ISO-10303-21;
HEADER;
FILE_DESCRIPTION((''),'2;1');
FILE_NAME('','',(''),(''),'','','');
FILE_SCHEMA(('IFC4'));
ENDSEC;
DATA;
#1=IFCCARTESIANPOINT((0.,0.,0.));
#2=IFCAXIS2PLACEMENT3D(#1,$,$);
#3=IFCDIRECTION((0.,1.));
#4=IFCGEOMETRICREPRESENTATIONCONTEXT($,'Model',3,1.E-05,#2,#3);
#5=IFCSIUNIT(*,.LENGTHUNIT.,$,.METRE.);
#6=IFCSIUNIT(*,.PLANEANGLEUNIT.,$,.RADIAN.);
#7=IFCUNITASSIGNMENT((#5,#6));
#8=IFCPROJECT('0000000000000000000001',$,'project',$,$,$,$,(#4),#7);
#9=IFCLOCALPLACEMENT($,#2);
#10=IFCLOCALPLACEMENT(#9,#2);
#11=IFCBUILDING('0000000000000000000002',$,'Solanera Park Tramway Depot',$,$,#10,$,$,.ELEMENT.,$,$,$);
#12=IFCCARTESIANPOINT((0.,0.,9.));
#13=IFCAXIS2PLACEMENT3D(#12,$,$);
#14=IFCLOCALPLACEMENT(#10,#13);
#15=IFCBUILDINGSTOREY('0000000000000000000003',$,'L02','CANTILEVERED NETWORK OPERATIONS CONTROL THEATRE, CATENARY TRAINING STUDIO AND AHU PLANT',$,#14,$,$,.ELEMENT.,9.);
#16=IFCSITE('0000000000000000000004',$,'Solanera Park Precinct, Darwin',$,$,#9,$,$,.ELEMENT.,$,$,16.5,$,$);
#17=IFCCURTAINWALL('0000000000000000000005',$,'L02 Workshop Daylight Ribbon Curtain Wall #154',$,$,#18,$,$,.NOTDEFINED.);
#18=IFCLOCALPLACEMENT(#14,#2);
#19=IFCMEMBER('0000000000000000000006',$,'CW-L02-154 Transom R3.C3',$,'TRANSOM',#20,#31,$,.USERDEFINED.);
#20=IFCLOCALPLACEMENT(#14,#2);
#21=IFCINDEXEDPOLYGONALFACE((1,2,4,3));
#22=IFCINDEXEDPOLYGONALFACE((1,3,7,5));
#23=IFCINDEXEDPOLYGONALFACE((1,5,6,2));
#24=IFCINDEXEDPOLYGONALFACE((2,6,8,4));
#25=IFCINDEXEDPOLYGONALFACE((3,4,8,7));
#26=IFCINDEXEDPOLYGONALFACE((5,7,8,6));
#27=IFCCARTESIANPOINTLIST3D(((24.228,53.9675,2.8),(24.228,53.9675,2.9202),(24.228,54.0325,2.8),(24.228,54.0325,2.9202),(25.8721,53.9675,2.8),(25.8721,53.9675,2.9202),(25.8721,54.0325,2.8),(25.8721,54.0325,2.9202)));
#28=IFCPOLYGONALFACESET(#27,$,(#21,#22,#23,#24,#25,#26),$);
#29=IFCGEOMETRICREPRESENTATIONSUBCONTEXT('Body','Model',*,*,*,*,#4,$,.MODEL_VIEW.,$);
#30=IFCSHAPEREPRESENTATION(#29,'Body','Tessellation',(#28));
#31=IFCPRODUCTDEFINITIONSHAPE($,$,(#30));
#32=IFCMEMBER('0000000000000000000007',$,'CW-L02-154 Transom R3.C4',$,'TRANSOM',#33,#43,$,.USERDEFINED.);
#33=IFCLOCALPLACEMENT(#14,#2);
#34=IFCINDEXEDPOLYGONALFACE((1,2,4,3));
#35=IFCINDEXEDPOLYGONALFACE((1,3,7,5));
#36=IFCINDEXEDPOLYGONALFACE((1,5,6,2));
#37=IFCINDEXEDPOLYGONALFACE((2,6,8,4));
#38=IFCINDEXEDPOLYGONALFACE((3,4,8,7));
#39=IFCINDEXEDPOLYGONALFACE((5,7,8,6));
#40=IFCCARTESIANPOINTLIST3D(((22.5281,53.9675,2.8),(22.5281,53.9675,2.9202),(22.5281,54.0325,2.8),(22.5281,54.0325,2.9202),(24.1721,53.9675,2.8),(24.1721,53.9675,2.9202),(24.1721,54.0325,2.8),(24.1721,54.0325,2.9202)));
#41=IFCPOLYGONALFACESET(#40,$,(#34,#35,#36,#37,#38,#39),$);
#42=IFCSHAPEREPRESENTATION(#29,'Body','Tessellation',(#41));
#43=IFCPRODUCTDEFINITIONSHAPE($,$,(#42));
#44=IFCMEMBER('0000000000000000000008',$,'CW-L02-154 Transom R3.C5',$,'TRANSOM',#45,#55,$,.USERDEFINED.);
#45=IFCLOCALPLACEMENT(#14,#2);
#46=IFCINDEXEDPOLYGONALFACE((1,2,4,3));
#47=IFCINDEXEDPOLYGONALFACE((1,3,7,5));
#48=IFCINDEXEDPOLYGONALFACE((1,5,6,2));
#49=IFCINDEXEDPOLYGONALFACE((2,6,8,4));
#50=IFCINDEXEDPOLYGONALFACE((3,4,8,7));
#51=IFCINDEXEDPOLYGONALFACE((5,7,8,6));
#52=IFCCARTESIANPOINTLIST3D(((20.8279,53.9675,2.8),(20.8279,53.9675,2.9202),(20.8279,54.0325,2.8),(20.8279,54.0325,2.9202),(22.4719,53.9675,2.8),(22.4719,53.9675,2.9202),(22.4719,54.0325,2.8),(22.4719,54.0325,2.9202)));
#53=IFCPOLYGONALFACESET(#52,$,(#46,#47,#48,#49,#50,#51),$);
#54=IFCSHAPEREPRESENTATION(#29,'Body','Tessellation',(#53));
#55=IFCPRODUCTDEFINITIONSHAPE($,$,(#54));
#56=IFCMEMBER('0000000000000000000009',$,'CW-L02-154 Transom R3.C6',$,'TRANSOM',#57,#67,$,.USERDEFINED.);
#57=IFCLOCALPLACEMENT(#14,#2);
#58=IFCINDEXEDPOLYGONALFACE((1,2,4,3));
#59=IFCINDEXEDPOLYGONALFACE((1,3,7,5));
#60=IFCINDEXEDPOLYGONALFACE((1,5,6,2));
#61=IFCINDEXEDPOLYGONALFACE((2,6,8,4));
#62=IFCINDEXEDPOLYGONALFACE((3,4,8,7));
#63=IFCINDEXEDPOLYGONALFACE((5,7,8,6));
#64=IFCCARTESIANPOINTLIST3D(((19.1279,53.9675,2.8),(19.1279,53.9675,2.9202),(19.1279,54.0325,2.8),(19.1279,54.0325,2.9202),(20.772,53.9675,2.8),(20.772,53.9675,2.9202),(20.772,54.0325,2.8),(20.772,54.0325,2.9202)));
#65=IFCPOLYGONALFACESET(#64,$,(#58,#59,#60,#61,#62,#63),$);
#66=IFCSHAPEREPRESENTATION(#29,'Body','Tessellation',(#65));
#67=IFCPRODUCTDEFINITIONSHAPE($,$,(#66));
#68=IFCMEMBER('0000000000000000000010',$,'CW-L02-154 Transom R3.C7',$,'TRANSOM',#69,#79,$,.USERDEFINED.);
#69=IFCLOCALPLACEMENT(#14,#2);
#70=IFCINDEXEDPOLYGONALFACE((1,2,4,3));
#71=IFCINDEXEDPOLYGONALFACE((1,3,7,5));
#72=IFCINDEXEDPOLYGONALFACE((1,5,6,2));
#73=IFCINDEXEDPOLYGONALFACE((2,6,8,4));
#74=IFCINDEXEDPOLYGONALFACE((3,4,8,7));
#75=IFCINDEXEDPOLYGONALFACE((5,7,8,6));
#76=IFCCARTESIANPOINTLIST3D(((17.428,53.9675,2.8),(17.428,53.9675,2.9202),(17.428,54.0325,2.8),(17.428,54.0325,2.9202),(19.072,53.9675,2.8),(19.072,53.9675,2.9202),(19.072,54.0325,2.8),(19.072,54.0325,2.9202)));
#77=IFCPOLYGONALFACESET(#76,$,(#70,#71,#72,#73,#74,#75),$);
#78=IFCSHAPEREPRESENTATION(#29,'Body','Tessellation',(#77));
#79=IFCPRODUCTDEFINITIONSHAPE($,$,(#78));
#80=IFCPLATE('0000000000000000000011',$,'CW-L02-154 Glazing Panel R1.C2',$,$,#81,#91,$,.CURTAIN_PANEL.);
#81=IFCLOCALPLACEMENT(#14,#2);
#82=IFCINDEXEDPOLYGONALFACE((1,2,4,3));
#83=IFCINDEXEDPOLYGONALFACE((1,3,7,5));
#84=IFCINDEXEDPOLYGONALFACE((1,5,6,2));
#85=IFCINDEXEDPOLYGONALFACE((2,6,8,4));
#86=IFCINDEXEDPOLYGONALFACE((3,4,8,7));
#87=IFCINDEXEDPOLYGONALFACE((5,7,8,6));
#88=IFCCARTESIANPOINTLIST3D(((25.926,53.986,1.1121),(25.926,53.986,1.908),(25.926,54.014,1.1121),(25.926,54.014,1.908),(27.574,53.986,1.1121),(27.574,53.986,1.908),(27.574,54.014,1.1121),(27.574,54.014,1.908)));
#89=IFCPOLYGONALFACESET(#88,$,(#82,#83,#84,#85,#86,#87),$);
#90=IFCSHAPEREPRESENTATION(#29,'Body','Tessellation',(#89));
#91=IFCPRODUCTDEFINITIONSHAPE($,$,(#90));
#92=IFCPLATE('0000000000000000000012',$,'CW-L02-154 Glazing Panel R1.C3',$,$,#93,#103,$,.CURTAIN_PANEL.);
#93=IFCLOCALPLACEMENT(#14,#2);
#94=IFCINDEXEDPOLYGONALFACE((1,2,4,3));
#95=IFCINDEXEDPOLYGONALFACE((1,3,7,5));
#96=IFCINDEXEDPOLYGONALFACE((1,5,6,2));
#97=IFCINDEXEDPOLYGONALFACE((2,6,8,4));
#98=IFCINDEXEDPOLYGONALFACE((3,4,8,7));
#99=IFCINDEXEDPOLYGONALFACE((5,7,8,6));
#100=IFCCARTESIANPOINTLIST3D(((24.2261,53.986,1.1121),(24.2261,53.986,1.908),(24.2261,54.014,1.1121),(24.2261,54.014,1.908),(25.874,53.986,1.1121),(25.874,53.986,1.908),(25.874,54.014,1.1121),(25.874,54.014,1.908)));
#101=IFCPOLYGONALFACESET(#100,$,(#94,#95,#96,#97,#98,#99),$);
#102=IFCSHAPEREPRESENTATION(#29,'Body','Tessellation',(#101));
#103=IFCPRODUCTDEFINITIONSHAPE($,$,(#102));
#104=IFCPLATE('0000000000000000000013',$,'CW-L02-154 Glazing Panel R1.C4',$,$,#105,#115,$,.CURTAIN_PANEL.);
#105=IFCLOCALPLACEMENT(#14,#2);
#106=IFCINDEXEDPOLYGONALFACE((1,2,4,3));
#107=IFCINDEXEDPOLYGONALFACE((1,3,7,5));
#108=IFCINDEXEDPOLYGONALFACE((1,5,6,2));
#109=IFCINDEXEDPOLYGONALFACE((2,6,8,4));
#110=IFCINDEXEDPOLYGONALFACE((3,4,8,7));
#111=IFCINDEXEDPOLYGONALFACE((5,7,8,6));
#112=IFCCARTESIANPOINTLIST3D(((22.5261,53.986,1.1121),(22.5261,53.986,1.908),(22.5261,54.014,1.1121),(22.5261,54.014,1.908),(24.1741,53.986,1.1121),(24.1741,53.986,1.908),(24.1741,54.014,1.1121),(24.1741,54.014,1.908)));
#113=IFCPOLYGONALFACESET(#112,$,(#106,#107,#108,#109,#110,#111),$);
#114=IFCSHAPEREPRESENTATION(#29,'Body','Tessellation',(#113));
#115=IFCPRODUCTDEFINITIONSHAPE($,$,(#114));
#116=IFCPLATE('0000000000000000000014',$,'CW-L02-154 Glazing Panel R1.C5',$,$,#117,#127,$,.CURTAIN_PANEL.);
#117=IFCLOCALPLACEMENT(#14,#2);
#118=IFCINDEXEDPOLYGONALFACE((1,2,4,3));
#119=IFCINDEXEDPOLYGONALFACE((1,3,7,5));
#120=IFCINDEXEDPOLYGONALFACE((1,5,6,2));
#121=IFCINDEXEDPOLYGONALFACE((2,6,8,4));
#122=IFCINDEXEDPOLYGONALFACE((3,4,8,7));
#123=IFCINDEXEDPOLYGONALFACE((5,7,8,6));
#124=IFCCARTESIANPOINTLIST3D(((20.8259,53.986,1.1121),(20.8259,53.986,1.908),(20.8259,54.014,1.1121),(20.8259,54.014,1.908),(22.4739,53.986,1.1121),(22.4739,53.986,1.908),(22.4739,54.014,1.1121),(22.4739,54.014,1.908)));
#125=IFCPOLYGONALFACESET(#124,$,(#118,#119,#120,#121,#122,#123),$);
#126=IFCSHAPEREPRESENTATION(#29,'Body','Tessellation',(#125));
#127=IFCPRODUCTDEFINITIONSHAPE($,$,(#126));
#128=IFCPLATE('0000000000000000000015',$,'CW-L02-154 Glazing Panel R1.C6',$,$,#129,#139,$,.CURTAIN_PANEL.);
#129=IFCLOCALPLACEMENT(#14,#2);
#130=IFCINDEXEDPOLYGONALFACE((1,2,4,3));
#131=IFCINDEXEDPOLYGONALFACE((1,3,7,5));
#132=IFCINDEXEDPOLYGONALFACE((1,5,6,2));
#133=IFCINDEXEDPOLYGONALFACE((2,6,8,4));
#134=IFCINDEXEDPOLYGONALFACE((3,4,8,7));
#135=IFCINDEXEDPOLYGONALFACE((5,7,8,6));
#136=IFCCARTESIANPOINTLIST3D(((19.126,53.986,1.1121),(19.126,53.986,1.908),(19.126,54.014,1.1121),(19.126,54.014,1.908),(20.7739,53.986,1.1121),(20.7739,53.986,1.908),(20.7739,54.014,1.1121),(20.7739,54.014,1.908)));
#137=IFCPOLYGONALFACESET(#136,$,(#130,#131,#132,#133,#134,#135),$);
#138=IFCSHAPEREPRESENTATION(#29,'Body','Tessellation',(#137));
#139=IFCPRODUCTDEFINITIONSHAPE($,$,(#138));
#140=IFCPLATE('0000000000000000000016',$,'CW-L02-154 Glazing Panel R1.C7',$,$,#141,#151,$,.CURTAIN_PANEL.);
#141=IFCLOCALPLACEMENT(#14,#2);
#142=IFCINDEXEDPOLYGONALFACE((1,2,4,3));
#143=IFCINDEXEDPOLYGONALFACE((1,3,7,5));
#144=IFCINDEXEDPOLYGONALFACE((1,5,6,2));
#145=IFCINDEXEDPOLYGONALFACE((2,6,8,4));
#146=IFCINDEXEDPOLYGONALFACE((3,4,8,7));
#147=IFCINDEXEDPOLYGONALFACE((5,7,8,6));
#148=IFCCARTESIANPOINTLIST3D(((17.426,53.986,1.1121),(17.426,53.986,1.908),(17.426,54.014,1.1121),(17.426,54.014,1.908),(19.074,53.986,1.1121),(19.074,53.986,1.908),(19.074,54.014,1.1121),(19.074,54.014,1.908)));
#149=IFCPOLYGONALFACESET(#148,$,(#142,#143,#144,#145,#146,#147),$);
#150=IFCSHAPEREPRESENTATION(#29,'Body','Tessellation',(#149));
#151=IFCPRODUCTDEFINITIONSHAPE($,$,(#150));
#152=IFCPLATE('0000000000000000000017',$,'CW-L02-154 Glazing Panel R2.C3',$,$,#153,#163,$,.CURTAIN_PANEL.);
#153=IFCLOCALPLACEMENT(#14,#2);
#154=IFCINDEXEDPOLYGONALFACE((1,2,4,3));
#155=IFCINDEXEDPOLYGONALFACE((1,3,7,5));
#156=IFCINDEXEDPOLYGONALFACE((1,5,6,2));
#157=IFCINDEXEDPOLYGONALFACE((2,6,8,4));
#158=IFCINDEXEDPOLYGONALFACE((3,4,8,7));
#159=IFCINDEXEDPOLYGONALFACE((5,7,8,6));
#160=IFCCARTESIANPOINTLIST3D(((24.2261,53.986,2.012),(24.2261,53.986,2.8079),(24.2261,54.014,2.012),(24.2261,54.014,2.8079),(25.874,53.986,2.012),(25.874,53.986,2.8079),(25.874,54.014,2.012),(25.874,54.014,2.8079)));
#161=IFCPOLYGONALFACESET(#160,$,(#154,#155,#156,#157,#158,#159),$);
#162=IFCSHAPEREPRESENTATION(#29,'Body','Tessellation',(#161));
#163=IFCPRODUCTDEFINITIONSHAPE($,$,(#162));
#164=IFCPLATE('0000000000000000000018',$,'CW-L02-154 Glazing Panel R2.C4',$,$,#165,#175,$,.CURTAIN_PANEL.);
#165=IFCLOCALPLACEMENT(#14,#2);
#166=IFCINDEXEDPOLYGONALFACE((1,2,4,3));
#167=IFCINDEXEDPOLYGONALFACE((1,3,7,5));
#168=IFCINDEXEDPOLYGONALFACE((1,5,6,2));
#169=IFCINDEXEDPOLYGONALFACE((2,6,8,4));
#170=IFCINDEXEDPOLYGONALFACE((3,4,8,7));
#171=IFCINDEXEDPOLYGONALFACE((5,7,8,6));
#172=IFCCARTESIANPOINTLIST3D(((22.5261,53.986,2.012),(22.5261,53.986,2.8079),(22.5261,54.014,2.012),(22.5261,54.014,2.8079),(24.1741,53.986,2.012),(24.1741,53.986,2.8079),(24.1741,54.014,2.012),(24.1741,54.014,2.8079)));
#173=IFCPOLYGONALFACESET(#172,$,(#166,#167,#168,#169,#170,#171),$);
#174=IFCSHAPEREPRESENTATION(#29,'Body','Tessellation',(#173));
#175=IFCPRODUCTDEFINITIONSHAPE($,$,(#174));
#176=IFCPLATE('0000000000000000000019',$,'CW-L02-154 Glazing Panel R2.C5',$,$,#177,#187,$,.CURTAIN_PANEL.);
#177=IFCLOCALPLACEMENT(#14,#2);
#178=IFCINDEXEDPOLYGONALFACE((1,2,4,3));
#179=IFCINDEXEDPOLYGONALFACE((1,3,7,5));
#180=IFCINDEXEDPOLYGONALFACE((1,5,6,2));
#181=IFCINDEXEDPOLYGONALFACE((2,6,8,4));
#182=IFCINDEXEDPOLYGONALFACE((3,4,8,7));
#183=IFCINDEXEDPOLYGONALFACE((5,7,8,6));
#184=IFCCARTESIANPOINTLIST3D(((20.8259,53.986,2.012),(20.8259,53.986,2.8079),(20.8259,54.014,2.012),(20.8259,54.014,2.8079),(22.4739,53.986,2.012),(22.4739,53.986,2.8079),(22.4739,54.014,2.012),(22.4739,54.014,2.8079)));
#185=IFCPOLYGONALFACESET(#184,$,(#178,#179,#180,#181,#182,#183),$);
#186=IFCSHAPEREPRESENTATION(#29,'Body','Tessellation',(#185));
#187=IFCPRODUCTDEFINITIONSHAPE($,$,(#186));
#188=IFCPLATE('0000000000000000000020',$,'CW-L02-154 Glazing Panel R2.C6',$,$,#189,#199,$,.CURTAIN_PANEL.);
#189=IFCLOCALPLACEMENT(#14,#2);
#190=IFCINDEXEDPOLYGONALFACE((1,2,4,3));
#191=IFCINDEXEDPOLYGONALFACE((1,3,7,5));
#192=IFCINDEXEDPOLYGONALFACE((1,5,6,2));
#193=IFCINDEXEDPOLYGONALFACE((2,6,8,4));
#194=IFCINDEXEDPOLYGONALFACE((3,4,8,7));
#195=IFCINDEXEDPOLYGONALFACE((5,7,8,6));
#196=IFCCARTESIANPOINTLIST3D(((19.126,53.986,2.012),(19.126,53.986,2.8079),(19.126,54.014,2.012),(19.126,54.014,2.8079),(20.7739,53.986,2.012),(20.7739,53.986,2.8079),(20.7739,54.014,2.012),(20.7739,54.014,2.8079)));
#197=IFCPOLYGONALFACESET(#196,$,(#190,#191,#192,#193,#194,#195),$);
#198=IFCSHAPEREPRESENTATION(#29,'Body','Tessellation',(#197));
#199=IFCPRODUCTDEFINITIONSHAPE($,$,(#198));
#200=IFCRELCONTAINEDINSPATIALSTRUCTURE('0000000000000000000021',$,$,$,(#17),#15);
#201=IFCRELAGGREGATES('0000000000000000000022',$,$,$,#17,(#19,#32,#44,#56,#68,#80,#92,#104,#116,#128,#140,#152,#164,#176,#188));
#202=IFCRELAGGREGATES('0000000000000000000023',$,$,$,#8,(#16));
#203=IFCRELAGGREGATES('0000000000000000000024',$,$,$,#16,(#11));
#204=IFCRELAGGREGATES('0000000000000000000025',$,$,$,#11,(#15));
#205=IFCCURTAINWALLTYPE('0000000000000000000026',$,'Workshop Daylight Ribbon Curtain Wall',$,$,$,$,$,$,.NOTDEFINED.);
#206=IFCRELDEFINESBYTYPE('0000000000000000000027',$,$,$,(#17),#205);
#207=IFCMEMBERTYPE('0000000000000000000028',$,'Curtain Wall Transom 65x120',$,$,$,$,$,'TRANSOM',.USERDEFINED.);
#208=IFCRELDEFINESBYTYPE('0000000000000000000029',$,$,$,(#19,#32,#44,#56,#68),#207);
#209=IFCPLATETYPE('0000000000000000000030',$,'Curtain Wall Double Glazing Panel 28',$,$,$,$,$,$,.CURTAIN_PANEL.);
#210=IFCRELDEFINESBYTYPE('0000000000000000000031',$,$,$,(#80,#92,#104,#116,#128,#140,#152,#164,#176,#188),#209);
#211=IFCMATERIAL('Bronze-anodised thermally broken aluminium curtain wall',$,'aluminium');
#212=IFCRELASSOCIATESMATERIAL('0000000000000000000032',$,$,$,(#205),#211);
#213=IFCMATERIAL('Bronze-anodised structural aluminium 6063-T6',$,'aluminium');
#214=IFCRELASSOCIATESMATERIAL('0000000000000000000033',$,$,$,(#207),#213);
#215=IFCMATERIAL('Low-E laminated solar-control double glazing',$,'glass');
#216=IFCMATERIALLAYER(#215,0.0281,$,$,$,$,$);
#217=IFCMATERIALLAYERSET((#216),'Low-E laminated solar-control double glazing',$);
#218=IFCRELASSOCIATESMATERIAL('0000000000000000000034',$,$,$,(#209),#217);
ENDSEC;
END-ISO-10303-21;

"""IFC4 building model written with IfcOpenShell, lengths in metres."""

from ifc_helpers import new_model, si_unit, direction, frame, origin, origin_2d, place, context, subcontext, project, spatial, rectangle, extrude, material, layer, layer_set, material_profile, profile_set, type_object, element, aggregate, save


model = new_model("IFC4")

# Units and contexts
model_context = context("Model", 3, precision=1e-05, world=origin(), true_north=direction((0.0, 1.0)))
body_context = subcontext(model_context, "Body", "Model", "MODEL_VIEW")
ifc_project = project(units=[si_unit("LENGTHUNIT", "METRE"), si_unit("PLANEANGLEUNIT", "RADIAN")], contexts=[model_context])

# Site, building, storey
site_placement = place(None, origin())
site = spatial("IfcSite", under=ifc_project, at=site_placement, Name="Solanera Park Precinct, Darwin", CompositionType="ELEMENT", RefElevation=16.5)
building_placement = place(site_placement, origin())
building = spatial("IfcBuilding", under=site, at=building_placement, Name="Solanera Park Tramway Depot", CompositionType="ELEMENT")
storey_placement = place(building_placement, frame((0.0, 0.0, 9.0)))
storey = spatial("IfcBuildingStorey", under=building, at=storey_placement, Name="L02", Description="CANTILEVERED NETWORK OPERATIONS CONTROL THEATRE, CATENARY TRAINING STUDIO AND AHU PLANT", CompositionType="ELEMENT", Elevation=9.0)

# Curtain wall, members, plates
ifc_material_1 = material(Name="Bronze-anodised thermally broken aluminium curtain wall", Category="aluminium")
curtain_wall_type = type_object("IfcCurtainWallType", Name="Workshop Daylight Ribbon Curtain Wall", PredefinedType="NOTDEFINED", material=ifc_material_1)
curtain_wall_placement = place(storey_placement, origin())
curtain_wall = element("IfcCurtainWall", 1, at=curtain_wall_placement, inside=storey, type_object=curtain_wall_type, Name="L02 Workshop Daylight Ribbon Curtain Wall #154", PredefinedType="NOTDEFINED")
ifc_material_2 = material(Name="Bronze-anodised structural aluminium 6063-T6", Category="aluminium")
ifc_material_profile_1 = material_profile(ifc_material_2, rectangle(XDim=0.0649, YDim=0.1201, at=origin_2d()), Name="Curtain Wall Transom 65x120")
ifc_profile_set_1 = profile_set([ifc_material_profile_1], Name="Bronze-anodised structural aluminium 6063-T6")
member_type_1 = type_object("IfcMemberType", Name="Curtain Wall Transom 65x120", ElementType="TRANSOM", PredefinedType="USERDEFINED", material=ifc_profile_set_1)
member_1_placement = place(storey_placement, frame((25.8721, 54.0, 2.8601), z_axis=(-1.0, 0.0, 0.0), x_axis=(0.0, -1.0, 0.0)))
member_1 = element("IfcMember", 2, at=member_1_placement, type_object=member_type_1, Name="CW-L02-154 Transom R3.C3", ObjectType="TRANSOM", PredefinedType="USERDEFINED", context=body_context, shape_type="SweptSolid", body=[
    extrude(rectangle(XDim=0.0649, YDim=0.1201, at=origin_2d()), origin(), (0.0, 0.0, 1.0), 1.644),
])
member_2_placement = place(storey_placement, frame((24.1721, 54.0, 2.8601), z_axis=(-1.0, 0.0, 0.0), x_axis=(0.0, -1.0, 0.0)))
member_2 = element("IfcMember", 3, at=member_2_placement, type_object=member_type_1, Name="CW-L02-154 Transom R3.C4", ObjectType="TRANSOM", PredefinedType="USERDEFINED", context=body_context, shape_type="SweptSolid", body=[
    extrude(rectangle(XDim=0.0649, YDim=0.1201, at=origin_2d()), origin(), (0.0, 0.0, 1.0), 1.644),
])
member_3_placement = place(storey_placement, frame((22.4719, 54.0, 2.8601), z_axis=(-1.0, 0.0, 0.0), x_axis=(0.0, -1.0, 0.0)))
member_3 = element("IfcMember", 4, at=member_3_placement, type_object=member_type_1, Name="CW-L02-154 Transom R3.C5", ObjectType="TRANSOM", PredefinedType="USERDEFINED", context=body_context, shape_type="SweptSolid", body=[
    extrude(rectangle(XDim=0.0649, YDim=0.1201, at=origin_2d()), origin(), (0.0, 0.0, 1.0), 1.644),
])
member_4_placement = place(storey_placement, frame((20.772, 54.0, 2.8601), z_axis=(-1.0, 0.0, 0.0), x_axis=(0.0, -1.0, 0.0)))
member_4 = element("IfcMember", 5, at=member_4_placement, type_object=member_type_1, Name="CW-L02-154 Transom R3.C6", ObjectType="TRANSOM", PredefinedType="USERDEFINED", context=body_context, shape_type="SweptSolid", body=[
    extrude(rectangle(XDim=0.0649, YDim=0.1201, at=origin_2d()), origin(), (0.0, 0.0, 1.0), 1.644),
])
member_5_placement = place(storey_placement, frame((19.072, 54.0, 2.8601), z_axis=(-1.0, 0.0, 0.0), x_axis=(0.0, -1.0, 0.0)))
member_5 = element("IfcMember", 6, at=member_5_placement, type_object=member_type_1, Name="CW-L02-154 Transom R3.C7", ObjectType="TRANSOM", PredefinedType="USERDEFINED", context=body_context, shape_type="SweptSolid", body=[
    extrude(rectangle(XDim=0.0649, YDim=0.1201, at=origin_2d()), origin(), (0.0, 0.0, 1.0), 1.644),
])
ifc_material_3 = material(Name="Low-E laminated solar-control double glazing", Category="glass")
ifc_layer = layer(ifc_material_3, 0.0281)
ifc_layer_set = layer_set([ifc_layer], Name="Low-E laminated solar-control double glazing")
plate_type = type_object("IfcPlateType", Name="Curtain Wall Double Glazing Panel 28", PredefinedType="CURTAIN_PANEL", material=ifc_layer_set)
plate_1_placement = place(storey_placement, frame((26.75, 54.0, 1.1121), z_axis=(0.0, 0.0, 1.0), x_axis=(-1.0, 0.0, 0.0)))
plate_1 = element("IfcPlate", 7, at=plate_1_placement, type_object=plate_type, Name="CW-L02-154 Glazing Panel R1.C2", PredefinedType="CURTAIN_PANEL", context=body_context, shape_type="SweptSolid", body=[
    extrude(rectangle(XDim=1.6479, YDim=0.0281, at=origin_2d()), origin(), (0.0, 0.0, 1.0), 0.7959),
])
plate_2_placement = place(storey_placement, frame((25.05, 54.0, 1.1121), z_axis=(0.0, 0.0, 1.0), x_axis=(-1.0, 0.0, 0.0)))
plate_2 = element("IfcPlate", 8, at=plate_2_placement, type_object=plate_type, Name="CW-L02-154 Glazing Panel R1.C3", PredefinedType="CURTAIN_PANEL", context=body_context, shape_type="SweptSolid", body=[
    extrude(rectangle(XDim=1.6479, YDim=0.0281, at=origin_2d()), origin(), (0.0, 0.0, 1.0), 0.7959),
])
plate_3_placement = place(storey_placement, frame((23.3501, 54.0, 1.1121), z_axis=(0.0, 0.0, 1.0), x_axis=(-1.0, 0.0, 0.0)))
plate_3 = element("IfcPlate", 9, at=plate_3_placement, type_object=plate_type, Name="CW-L02-154 Glazing Panel R1.C4", PredefinedType="CURTAIN_PANEL", context=body_context, shape_type="SweptSolid", body=[
    extrude(rectangle(XDim=1.6479, YDim=0.0281, at=origin_2d()), origin(), (0.0, 0.0, 1.0), 0.7959),
])
plate_4_placement = place(storey_placement, frame((21.6499, 54.0, 1.1121), z_axis=(0.0, 0.0, 1.0), x_axis=(-1.0, 0.0, 0.0)))
plate_4 = element("IfcPlate", 10, at=plate_4_placement, type_object=plate_type, Name="CW-L02-154 Glazing Panel R1.C5", PredefinedType="CURTAIN_PANEL", context=body_context, shape_type="SweptSolid", body=[
    extrude(rectangle(XDim=1.6479, YDim=0.0281, at=origin_2d()), origin(), (0.0, 0.0, 1.0), 0.7959),
])
plate_5_placement = place(storey_placement, frame((19.95, 54.0, 1.1121), z_axis=(0.0, 0.0, 1.0), x_axis=(-1.0, 0.0, 0.0)))
plate_5 = element("IfcPlate", 11, at=plate_5_placement, type_object=plate_type, Name="CW-L02-154 Glazing Panel R1.C6", PredefinedType="CURTAIN_PANEL", context=body_context, shape_type="SweptSolid", body=[
    extrude(rectangle(XDim=1.6479, YDim=0.0281, at=origin_2d()), origin(), (0.0, 0.0, 1.0), 0.7959),
])
plate_6_placement = place(storey_placement, frame((18.25, 54.0, 1.1121), z_axis=(0.0, 0.0, 1.0), x_axis=(-1.0, 0.0, 0.0)))
plate_6 = element("IfcPlate", 12, at=plate_6_placement, type_object=plate_type, Name="CW-L02-154 Glazing Panel R1.C7", PredefinedType="CURTAIN_PANEL", context=body_context, shape_type="SweptSolid", body=[
    extrude(rectangle(XDim=1.6479, YDim=0.0281, at=origin_2d()), origin(), (0.0, 0.0, 1.0), 0.7959),
])
plate_7_placement = place(storey_placement, frame((25.05, 54.0, 2.012), z_axis=(0.0, 0.0, 1.0), x_axis=(-1.0, 0.0, 0.0)))
plate_7 = element("IfcPlate", 13, at=plate_7_placement, type_object=plate_type, Name="CW-L02-154 Glazing Panel R2.C3", PredefinedType="CURTAIN_PANEL", context=body_context, shape_type="SweptSolid", body=[
    extrude(rectangle(XDim=1.6479, YDim=0.0281, at=origin_2d()), origin(), (0.0, 0.0, 1.0), 0.7959),
])
plate_8_placement = place(storey_placement, frame((23.3501, 54.0, 2.012), z_axis=(0.0, 0.0, 1.0), x_axis=(-1.0, 0.0, 0.0)))
plate_8 = element("IfcPlate", 14, at=plate_8_placement, type_object=plate_type, Name="CW-L02-154 Glazing Panel R2.C4", PredefinedType="CURTAIN_PANEL", context=body_context, shape_type="SweptSolid", body=[
    extrude(rectangle(XDim=1.6479, YDim=0.0281, at=origin_2d()), origin(), (0.0, 0.0, 1.0), 0.7959),
])
plate_9_placement = place(storey_placement, frame((21.6499, 54.0, 2.012), z_axis=(0.0, 0.0, 1.0), x_axis=(-1.0, 0.0, 0.0)))
plate_9 = element("IfcPlate", 15, at=plate_9_placement, type_object=plate_type, Name="CW-L02-154 Glazing Panel R2.C5", PredefinedType="CURTAIN_PANEL", context=body_context, shape_type="SweptSolid", body=[
    extrude(rectangle(XDim=1.6479, YDim=0.0281, at=origin_2d()), origin(), (0.0, 0.0, 1.0), 0.7959),
])
plate_10_placement = place(storey_placement, frame((19.95, 54.0, 2.012), z_axis=(0.0, 0.0, 1.0), x_axis=(-1.0, 0.0, 0.0)))
plate_10 = element("IfcPlate", 16, at=plate_10_placement, type_object=plate_type, Name="CW-L02-154 Glazing Panel R2.C6", PredefinedType="CURTAIN_PANEL", context=body_context, shape_type="SweptSolid", body=[
    extrude(rectangle(XDim=1.6479, YDim=0.0281, at=origin_2d()), origin(), (0.0, 0.0, 1.0), 0.7959),
])
aggregate(curtain_wall, [member_1, member_2, member_3, member_4, member_5, plate_1, plate_2, plate_3, plate_4, plate_5, plate_6, plate_7, plate_8, plate_9, plate_10])

save(model, "model.ifc")
